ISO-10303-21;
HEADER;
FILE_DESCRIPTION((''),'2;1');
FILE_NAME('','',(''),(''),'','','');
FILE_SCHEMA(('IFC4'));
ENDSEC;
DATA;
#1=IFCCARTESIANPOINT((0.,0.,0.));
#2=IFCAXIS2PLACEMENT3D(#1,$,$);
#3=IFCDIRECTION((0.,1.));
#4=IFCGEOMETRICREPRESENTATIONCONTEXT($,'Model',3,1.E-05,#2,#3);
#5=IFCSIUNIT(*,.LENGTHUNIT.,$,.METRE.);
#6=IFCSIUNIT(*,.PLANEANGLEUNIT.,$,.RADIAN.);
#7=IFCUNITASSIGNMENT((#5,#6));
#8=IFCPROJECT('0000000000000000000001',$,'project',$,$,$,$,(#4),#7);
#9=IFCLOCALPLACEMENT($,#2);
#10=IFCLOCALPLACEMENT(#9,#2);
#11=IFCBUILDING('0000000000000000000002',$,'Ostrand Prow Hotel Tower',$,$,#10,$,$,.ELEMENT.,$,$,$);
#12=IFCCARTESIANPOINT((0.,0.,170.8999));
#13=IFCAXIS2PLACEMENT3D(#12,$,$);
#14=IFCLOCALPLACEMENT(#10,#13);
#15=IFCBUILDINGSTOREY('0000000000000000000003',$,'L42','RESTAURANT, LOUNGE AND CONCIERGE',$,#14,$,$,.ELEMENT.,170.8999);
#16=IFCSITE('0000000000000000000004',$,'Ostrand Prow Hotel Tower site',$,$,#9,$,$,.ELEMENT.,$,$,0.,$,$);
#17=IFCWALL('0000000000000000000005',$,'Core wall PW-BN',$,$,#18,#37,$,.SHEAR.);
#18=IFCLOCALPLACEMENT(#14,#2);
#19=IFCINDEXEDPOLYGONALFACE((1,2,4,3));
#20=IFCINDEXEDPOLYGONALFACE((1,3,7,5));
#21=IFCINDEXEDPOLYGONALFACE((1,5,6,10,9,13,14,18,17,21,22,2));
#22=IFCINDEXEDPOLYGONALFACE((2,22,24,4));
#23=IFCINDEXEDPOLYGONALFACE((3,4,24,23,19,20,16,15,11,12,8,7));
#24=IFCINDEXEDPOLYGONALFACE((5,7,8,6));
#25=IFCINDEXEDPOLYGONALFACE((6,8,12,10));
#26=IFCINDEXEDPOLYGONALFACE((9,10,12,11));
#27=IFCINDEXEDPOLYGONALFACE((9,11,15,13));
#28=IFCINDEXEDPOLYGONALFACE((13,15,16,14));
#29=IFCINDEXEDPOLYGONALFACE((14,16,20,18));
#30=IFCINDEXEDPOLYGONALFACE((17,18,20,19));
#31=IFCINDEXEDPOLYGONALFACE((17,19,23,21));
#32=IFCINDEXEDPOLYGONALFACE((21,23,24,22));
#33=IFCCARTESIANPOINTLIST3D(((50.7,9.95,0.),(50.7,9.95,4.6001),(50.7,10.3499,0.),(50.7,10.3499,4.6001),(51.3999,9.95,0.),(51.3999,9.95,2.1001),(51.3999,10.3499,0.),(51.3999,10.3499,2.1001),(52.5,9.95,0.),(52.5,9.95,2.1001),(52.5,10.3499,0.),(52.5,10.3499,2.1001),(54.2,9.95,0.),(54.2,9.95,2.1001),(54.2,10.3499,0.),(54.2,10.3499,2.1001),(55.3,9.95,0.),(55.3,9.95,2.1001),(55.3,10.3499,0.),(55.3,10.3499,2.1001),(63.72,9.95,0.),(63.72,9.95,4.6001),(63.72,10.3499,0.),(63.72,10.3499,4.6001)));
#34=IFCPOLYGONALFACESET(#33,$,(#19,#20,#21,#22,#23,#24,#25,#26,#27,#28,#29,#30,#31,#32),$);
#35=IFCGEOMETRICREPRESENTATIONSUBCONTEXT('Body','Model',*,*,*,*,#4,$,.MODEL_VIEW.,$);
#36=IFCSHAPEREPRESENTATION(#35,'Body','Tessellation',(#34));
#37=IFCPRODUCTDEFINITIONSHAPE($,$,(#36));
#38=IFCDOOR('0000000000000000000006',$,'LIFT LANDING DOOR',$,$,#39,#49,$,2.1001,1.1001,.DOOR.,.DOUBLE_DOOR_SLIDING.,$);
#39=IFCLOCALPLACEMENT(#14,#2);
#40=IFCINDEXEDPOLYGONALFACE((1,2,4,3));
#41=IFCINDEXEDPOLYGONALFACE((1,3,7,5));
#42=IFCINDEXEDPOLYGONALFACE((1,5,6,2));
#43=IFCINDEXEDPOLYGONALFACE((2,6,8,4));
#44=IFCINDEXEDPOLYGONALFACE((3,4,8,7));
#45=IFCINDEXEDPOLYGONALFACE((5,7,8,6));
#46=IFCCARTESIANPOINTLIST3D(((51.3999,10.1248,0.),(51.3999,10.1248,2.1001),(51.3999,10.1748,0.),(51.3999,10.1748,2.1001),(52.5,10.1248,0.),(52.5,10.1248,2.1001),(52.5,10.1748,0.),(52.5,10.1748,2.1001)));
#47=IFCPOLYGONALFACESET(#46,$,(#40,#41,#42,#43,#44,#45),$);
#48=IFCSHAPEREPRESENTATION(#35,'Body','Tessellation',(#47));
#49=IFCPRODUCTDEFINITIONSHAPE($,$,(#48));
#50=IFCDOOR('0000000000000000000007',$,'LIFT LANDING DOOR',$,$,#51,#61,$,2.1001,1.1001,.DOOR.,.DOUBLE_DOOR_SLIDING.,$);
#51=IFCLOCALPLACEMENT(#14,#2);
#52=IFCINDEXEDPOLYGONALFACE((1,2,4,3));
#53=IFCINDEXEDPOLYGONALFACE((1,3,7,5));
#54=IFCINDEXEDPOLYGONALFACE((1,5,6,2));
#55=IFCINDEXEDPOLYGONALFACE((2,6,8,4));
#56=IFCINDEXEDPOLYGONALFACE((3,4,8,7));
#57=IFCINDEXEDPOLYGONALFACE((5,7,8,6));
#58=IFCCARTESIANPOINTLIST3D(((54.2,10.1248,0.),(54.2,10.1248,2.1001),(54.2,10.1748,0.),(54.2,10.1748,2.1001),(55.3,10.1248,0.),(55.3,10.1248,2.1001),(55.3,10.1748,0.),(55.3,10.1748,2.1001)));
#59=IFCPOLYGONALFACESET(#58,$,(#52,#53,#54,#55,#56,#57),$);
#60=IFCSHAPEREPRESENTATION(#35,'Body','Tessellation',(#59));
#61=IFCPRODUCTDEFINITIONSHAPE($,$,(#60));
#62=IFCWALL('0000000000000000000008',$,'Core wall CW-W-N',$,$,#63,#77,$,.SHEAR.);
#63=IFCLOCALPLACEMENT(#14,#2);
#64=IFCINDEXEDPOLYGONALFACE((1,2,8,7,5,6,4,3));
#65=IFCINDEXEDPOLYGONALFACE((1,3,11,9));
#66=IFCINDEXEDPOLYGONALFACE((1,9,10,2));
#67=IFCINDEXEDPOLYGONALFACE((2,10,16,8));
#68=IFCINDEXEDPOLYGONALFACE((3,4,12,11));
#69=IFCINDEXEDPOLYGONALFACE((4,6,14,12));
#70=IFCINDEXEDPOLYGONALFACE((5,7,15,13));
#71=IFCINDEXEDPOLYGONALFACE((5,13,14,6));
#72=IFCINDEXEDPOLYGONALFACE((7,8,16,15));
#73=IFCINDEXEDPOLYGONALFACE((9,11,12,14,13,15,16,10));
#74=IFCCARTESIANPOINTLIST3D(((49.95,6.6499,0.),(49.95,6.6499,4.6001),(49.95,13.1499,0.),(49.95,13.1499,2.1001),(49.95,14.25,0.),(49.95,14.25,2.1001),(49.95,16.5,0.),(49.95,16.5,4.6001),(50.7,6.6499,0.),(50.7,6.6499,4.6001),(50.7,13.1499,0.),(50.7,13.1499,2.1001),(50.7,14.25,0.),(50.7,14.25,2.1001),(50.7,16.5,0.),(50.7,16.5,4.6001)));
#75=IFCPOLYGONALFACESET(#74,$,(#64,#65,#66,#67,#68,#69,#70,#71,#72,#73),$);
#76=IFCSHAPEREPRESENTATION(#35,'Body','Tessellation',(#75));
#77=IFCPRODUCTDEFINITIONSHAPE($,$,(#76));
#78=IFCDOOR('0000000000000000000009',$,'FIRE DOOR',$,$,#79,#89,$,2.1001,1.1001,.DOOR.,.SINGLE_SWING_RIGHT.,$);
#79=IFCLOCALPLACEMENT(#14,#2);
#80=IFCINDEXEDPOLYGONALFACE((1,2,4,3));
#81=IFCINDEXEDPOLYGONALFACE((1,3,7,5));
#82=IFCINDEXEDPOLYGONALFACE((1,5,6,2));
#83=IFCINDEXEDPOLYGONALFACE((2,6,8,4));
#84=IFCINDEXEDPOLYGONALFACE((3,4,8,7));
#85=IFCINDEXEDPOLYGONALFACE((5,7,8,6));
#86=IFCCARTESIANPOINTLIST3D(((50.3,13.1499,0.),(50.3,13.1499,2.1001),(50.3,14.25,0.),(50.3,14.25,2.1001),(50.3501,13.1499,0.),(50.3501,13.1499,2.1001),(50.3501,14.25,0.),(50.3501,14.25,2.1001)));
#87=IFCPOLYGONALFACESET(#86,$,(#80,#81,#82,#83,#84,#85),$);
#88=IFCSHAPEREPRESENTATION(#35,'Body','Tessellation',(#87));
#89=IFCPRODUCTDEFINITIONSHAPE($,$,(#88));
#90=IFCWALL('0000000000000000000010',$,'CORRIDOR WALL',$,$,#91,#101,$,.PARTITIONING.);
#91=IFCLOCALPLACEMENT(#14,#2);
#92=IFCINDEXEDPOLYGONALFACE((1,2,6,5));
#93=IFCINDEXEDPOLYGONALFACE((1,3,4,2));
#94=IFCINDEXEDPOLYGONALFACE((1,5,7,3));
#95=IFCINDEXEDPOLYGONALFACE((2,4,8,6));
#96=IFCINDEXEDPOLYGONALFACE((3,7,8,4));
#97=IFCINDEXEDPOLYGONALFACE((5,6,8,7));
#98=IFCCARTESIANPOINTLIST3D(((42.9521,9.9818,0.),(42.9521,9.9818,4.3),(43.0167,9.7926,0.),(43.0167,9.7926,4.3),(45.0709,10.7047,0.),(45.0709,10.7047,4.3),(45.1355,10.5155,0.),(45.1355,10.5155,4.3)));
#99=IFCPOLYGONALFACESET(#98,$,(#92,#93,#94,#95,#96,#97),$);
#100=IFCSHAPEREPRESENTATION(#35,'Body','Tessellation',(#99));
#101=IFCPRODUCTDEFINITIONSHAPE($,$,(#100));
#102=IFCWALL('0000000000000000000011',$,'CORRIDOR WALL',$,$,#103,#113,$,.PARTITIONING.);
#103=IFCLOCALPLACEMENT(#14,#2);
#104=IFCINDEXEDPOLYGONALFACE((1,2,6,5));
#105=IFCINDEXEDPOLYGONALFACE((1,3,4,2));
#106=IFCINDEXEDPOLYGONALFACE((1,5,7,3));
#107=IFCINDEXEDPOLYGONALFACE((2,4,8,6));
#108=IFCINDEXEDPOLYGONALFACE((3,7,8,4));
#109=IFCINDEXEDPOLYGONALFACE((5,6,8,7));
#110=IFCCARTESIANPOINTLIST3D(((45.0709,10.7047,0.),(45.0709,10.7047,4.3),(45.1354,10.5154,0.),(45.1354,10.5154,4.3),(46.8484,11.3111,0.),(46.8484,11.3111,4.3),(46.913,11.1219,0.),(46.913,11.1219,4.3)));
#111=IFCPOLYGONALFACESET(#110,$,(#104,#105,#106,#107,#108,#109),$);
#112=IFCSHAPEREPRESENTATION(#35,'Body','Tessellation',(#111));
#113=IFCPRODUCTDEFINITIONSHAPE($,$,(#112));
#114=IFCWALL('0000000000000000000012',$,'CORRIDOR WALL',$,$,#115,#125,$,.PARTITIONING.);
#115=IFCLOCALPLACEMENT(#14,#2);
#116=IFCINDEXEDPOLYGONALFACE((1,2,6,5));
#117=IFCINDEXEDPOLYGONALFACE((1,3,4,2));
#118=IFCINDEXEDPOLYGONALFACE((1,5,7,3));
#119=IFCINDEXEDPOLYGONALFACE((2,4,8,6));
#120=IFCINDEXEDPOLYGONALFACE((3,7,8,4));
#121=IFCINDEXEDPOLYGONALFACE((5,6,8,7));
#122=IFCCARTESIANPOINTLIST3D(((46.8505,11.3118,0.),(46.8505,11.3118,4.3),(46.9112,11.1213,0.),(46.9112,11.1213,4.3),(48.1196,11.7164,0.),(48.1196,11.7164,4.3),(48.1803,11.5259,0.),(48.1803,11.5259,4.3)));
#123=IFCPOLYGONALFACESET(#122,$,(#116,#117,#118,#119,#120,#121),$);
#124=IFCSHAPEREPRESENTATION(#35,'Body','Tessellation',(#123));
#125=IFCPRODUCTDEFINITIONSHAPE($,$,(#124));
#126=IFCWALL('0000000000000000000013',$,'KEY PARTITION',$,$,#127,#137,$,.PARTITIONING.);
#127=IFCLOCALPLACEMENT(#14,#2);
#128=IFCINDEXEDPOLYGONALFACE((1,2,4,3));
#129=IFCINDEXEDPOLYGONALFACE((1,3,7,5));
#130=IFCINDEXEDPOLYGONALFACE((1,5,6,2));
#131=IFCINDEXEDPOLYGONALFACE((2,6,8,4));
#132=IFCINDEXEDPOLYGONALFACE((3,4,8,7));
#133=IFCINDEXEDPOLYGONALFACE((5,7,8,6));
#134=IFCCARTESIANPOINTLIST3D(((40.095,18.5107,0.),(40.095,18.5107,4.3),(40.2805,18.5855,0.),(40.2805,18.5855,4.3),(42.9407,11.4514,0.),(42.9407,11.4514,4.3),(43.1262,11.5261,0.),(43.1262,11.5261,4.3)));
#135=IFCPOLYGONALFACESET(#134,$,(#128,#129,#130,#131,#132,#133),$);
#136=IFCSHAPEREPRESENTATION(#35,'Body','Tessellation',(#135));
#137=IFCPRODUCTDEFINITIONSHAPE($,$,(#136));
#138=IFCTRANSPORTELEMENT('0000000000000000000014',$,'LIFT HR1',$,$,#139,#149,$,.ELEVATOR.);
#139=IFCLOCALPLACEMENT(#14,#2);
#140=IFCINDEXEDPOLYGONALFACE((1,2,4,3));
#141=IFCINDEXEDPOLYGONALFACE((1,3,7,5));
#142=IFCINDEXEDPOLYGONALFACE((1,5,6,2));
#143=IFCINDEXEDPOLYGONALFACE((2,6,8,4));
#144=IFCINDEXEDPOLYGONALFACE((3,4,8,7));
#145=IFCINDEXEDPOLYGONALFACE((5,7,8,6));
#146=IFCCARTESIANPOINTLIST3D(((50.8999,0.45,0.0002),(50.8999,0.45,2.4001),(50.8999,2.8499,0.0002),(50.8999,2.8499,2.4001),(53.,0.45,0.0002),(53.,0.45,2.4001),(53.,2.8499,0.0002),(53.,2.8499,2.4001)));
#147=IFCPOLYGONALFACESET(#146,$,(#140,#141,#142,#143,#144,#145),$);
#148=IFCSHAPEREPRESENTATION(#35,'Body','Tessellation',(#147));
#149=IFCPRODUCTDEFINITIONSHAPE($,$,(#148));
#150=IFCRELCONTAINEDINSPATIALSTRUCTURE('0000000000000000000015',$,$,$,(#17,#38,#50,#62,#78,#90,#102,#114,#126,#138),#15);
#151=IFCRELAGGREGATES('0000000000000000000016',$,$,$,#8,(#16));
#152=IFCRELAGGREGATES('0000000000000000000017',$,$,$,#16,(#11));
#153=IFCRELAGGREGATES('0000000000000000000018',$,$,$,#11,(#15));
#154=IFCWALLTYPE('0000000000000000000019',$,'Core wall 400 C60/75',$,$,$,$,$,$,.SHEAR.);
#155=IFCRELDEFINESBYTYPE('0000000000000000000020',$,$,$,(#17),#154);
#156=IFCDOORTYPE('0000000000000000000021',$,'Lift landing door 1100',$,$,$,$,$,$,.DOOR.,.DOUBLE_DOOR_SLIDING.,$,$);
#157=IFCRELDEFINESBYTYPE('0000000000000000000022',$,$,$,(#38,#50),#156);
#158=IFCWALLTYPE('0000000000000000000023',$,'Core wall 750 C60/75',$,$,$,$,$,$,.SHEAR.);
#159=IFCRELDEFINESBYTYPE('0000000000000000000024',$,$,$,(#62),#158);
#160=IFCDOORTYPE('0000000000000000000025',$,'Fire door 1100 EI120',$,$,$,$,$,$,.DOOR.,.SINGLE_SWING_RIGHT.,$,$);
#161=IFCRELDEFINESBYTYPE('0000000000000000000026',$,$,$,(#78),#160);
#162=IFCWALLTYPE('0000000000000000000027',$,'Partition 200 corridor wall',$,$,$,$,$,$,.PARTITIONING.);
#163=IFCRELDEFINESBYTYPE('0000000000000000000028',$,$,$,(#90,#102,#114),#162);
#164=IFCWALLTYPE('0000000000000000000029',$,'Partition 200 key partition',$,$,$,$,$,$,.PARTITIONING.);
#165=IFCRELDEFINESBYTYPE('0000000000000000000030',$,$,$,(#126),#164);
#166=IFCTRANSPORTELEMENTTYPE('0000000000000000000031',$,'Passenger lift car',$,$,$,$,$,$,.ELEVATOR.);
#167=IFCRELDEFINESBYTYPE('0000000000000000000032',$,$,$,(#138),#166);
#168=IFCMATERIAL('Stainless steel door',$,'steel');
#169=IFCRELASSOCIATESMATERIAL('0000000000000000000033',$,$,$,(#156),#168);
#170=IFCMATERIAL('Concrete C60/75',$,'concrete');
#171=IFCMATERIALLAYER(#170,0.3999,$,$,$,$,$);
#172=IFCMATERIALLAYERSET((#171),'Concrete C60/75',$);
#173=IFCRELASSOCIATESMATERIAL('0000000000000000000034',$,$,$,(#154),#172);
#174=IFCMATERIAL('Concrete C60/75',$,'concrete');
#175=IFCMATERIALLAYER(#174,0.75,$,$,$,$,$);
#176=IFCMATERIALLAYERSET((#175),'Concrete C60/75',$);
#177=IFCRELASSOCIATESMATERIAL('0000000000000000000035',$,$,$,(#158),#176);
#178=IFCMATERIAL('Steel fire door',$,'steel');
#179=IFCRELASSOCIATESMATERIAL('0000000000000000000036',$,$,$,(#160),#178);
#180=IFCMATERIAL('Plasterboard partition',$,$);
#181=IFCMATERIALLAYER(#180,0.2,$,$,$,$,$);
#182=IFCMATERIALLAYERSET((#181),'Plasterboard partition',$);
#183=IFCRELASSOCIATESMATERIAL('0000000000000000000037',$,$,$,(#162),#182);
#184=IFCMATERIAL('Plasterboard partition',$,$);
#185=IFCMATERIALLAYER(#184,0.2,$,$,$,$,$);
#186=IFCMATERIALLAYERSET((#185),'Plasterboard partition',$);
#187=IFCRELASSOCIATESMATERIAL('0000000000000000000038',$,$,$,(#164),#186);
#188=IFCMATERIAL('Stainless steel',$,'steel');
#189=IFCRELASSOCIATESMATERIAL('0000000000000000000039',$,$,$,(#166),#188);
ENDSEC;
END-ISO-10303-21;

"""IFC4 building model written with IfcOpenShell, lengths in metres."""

from ifc_helpers import new_model, si_unit, direction, frame, frame_2d, origin, origin_2d, place, context, subcontext, project, spatial, rectangle, extrude, material, layer, layer_set, type_object, element, fill, save


model = new_model("IFC4")

# Units and contexts
model_context = context("Model", 3, precision=1e-05, world=origin(), true_north=direction((0.0, 1.0)))
body_context = subcontext(model_context, "Body", "Model", "MODEL_VIEW")
ifc_project = project(units=[si_unit("LENGTHUNIT", "METRE"), si_unit("PLANEANGLEUNIT", "RADIAN")], contexts=[model_context])

# Site, building, storey
site_placement = place(None, origin())
site = spatial("IfcSite", under=ifc_project, at=site_placement, Name="Ostrand Prow Hotel Tower site", CompositionType="ELEMENT", RefElevation=0.0)
building_placement = place(site_placement, origin())
building = spatial("IfcBuilding", under=site, at=building_placement, Name="Ostrand Prow Hotel Tower", CompositionType="ELEMENT")
storey_placement = place(building_placement, frame((0.0, 0.0, 170.8999)))
storey = spatial("IfcBuildingStorey", under=building, at=storey_placement, Name="L42", Description="RESTAURANT, LOUNGE AND CONCIERGE", CompositionType="ELEMENT", Elevation=170.8999)

# Shared definitions
ifc_material_1 = material(Name="Stainless steel door", Category="steel")
door_type_1 = type_object("IfcDoorType", Name="Lift landing door 1100", OperationType="DOUBLE_DOOR_SLIDING", PredefinedType="DOOR", material=ifc_material_1)

# Wall, openings, doors
ifc_material_2 = material(Name="Concrete C60/75", Category="concrete")
ifc_layer_1 = layer(ifc_material_2, 0.3999)
ifc_layer_set_1 = layer_set([ifc_layer_1], Name="Concrete C60/75")
wall_type_1 = type_object("IfcWallType", Name="Core wall 400 C60/75", PredefinedType="SHEAR", material=ifc_layer_set_1)
wall_1_placement = place(storey_placement, frame((50.7, 10.1499, 0.0), z_axis=(0.0, 0.0, 1.0), x_axis=(1.0, 0.0, 0.0)))
wall_1 = element("IfcWall", 1, at=wall_1_placement, inside=storey, type_object=wall_type_1, Name="Core wall PW-BN", PredefinedType="SHEAR", context=body_context, shape_type="SweptSolid", body=[
    extrude(rectangle(XDim=13.02, YDim=0.3999, at=frame_2d((6.51, 0.0))), origin(), (0.0, 0.0, 1.0), 4.6001),
])
opening_1_placement = place(wall_1_placement, frame((0.7, 0.0, 0.0)))
opening_1 = element("IfcOpeningElement", 2, at=opening_1_placement, cuts=wall_1, PredefinedType="OPENING", context=body_context, shape_type="SweptSolid", body=[
    extrude(rectangle(XDim=1.1001, YDim=2.1001, at=frame_2d((0.55, 1.05))), frame((0.0, 0.21, 0.0), z_axis=(0.0, -1.0, 0.0), x_axis=(1.0, 0.0, 0.0)), (0.0, 0.0, 1.0), 0.4199),
])
opening_2_placement = place(wall_1_placement, frame((3.5, 0.0, 0.0)))
opening_2 = element("IfcOpeningElement", 3, at=opening_2_placement, cuts=wall_1, PredefinedType="OPENING", context=body_context, shape_type="SweptSolid", body=[
    extrude(rectangle(XDim=1.1001, YDim=2.1001, at=frame_2d((0.55, 1.05))), frame((0.0, 0.21, 0.0), z_axis=(0.0, -1.0, 0.0), x_axis=(1.0, 0.0, 0.0)), (0.0, 0.0, 1.0), 0.4199),
])
door_1_placement = place(opening_1_placement, origin())
door_1 = element("IfcDoor", 4, at=door_1_placement, inside=storey, type_object=door_type_1, Name="LIFT LANDING DOOR", OperationType="DOUBLE_DOOR_SLIDING", OverallHeight=2.1001, OverallWidth=1.1001, PredefinedType="DOOR", context=body_context, shape_type="SweptSolid", body=[
    extrude(rectangle(XDim=1.1001, YDim=2.1001, at=frame_2d((0.55, 1.05))), frame((0.0, 0.0249, 0.0), z_axis=(0.0, -1.0, 0.0), x_axis=(1.0, 0.0, 0.0)), (0.0, 0.0, 1.0), 0.05),
])
fill(opening_1, door_1)
door_2_placement = place(opening_2_placement, origin())
door_2 = element("IfcDoor", 5, at=door_2_placement, inside=storey, type_object=door_type_1, Name="LIFT LANDING DOOR", OperationType="DOUBLE_DOOR_SLIDING", OverallHeight=2.1001, OverallWidth=1.1001, PredefinedType="DOOR", context=body_context, shape_type="SweptSolid", body=[
    extrude(rectangle(XDim=1.1001, YDim=2.1001, at=frame_2d((0.55, 1.05))), frame((0.0, 0.0249, 0.0), z_axis=(0.0, -1.0, 0.0), x_axis=(1.0, 0.0, 0.0)), (0.0, 0.0, 1.0), 0.05),
])
fill(opening_2, door_2)

# Wall, opening, door
ifc_material_3 = material(Name="Concrete C60/75", Category="concrete")
ifc_layer_2 = layer(ifc_material_3, 0.75)
ifc_layer_set_2 = layer_set([ifc_layer_2], Name="Concrete C60/75")
wall_type_2 = type_object("IfcWallType", Name="Core wall 750 C60/75", PredefinedType="SHEAR", material=ifc_layer_set_2)
wall_2_placement = place(storey_placement, frame((50.325, 6.6499, 0.0), z_axis=(0.0, 0.0, 1.0), x_axis=(0.0, 1.0, 0.0)))
wall_2 = element("IfcWall", 6, at=wall_2_placement, inside=storey, type_object=wall_type_2, Name="Core wall CW-W-N", PredefinedType="SHEAR", context=body_context, shape_type="SweptSolid", body=[
    extrude(rectangle(XDim=9.8501, YDim=0.75, at=frame_2d((4.925, 0.0))), origin(), (0.0, 0.0, 1.0), 4.6001),
])
opening_3_placement = place(wall_2_placement, frame((6.5, 0.0, 0.0)))
opening_3 = element("IfcOpeningElement", 7, at=opening_3_placement, cuts=wall_2, PredefinedType="OPENING", context=body_context, shape_type="SweptSolid", body=[
    extrude(rectangle(XDim=1.1001, YDim=2.1001, at=frame_2d((0.55, 1.05))), frame((0.0, 0.385, 0.0), z_axis=(0.0, -1.0, 0.0), x_axis=(1.0, 0.0, 0.0)), (0.0, 0.0, 1.0), 0.77),
])
ifc_material_4 = material(Name="Steel fire door", Category="steel")
door_type_2 = type_object("IfcDoorType", Name="Fire door 1100 EI120", OperationType="SINGLE_SWING_RIGHT", PredefinedType="DOOR", material=ifc_material_4)
door_3_placement = place(opening_3_placement, origin())
door_3 = element("IfcDoor", 8, at=door_3_placement, inside=storey, type_object=door_type_2, Name="FIRE DOOR", OperationType="SINGLE_SWING_RIGHT", OverallHeight=2.1001, OverallWidth=1.1001, PredefinedType="DOOR", context=body_context, shape_type="SweptSolid", body=[
    extrude(rectangle(XDim=1.1001, YDim=2.1001, at=frame_2d((0.55, 1.05))), frame((0.0, 0.0249, 0.0), z_axis=(0.0, -1.0, 0.0), x_axis=(1.0, 0.0, 0.0)), (0.0, 0.0, 1.0), 0.05),
])
fill(opening_3, door_3)

# Walls
ifc_material_5 = material(Name="Plasterboard partition")
ifc_layer_3 = layer(ifc_material_5, 0.2)
ifc_layer_set_3 = layer_set([ifc_layer_3], Name="Plasterboard partition")
wall_type_3 = type_object("IfcWallType", Name="Partition 200 corridor wall", PredefinedType="PARTITIONING", material=ifc_layer_set_3)
wall_3_placement = place(storey_placement, frame((42.9844, 9.8872, 0.0), z_axis=(0.0, 0.0, 1.0), x_axis=(0.946435, 0.322894, 0.0)))
element("IfcWall", 9, at=wall_3_placement, inside=storey, type_object=wall_type_3, Name="CORRIDOR WALL", PredefinedType="PARTITIONING", context=body_context, shape_type="SweptSolid", body=[
    extrude(rectangle(XDim=2.2388, YDim=0.2, at=frame_2d((1.1194, 0.0))), origin(), (0.0, 0.0, 1.0), 4.3),
])
wall_4_placement = place(storey_placement, frame((45.1033, 10.6101, 0.0), z_axis=(0.0, 0.0, 1.0), x_axis=(0.946437, 0.322888, 0.0)))
element("IfcWall", 10, at=wall_4_placement, inside=storey, type_object=wall_type_3, Name="CORRIDOR WALL", PredefinedType="PARTITIONING", context=body_context, shape_type="SweptSolid", body=[
    extrude(rectangle(XDim=1.8782, YDim=0.2, at=frame_2d((0.939, 0.0))), origin(), (0.0, 0.0, 1.0), 4.3),
])
wall_5_placement = place(storey_placement, frame((46.8809, 11.2166, 0.0), z_axis=(0.0, 0.0, 1.0), x_axis=(0.952762, 0.303718, 0.0)))
element("IfcWall", 11, at=wall_5_placement, inside=storey, type_object=wall_type_3, Name="CORRIDOR WALL", PredefinedType="PARTITIONING", context=body_context, shape_type="SweptSolid", body=[
    extrude(rectangle(XDim=1.332, YDim=0.2, at=frame_2d((0.666, 0.0))), origin(), (0.0, 0.0, 1.0), 4.3),
])
ifc_material_6 = material(Name="Plasterboard partition")
ifc_layer_4 = layer(ifc_material_6, 0.2)
ifc_layer_set_4 = layer_set([ifc_layer_4], Name="Plasterboard partition")
wall_type_4 = type_object("IfcWallType", Name="Partition 200 key partition", PredefinedType="PARTITIONING", material=ifc_layer_set_4)
wall_6_placement = place(storey_placement, frame((43.0334, 11.4888, 0.0), z_axis=(0.0, 0.0, 1.0), x_axis=(-0.373878, 0.927478, 0.0)))
element("IfcWall", 12, at=wall_6_placement, inside=storey, type_object=wall_type_4, Name="KEY PARTITION", PredefinedType="PARTITIONING", context=body_context, shape_type="SweptSolid", body=[
    extrude(rectangle(XDim=7.6113, YDim=0.2, at=frame_2d((3.8057, 0.0))), origin(), (0.0, 0.0, 1.0), 4.3),
])

# Transport element
ifc_material_7 = material(Name="Stainless steel", Category="steel")
transport_element_type = type_object("IfcTransportElementType", Name="Passenger lift car", PredefinedType="ELEVATOR", material=ifc_material_7)
transport_element_placement = place(storey_placement, frame((51.95, 1.6499, 0.0002), z_axis=(0.0, 0.0, 1.0), x_axis=(1.0, 0.0, 0.0)))
element("IfcTransportElement", 13, at=transport_element_placement, inside=storey, type_object=transport_element_type, Name="LIFT HR1", PredefinedType="ELEVATOR", context=body_context, shape_type="SweptSolid", body=[
    extrude(rectangle(XDim=2.1001, YDim=2.3999, at=origin_2d()), origin(), (0.0, 0.0, 1.0), 2.3999),
])

save(model, "model.ifc")
